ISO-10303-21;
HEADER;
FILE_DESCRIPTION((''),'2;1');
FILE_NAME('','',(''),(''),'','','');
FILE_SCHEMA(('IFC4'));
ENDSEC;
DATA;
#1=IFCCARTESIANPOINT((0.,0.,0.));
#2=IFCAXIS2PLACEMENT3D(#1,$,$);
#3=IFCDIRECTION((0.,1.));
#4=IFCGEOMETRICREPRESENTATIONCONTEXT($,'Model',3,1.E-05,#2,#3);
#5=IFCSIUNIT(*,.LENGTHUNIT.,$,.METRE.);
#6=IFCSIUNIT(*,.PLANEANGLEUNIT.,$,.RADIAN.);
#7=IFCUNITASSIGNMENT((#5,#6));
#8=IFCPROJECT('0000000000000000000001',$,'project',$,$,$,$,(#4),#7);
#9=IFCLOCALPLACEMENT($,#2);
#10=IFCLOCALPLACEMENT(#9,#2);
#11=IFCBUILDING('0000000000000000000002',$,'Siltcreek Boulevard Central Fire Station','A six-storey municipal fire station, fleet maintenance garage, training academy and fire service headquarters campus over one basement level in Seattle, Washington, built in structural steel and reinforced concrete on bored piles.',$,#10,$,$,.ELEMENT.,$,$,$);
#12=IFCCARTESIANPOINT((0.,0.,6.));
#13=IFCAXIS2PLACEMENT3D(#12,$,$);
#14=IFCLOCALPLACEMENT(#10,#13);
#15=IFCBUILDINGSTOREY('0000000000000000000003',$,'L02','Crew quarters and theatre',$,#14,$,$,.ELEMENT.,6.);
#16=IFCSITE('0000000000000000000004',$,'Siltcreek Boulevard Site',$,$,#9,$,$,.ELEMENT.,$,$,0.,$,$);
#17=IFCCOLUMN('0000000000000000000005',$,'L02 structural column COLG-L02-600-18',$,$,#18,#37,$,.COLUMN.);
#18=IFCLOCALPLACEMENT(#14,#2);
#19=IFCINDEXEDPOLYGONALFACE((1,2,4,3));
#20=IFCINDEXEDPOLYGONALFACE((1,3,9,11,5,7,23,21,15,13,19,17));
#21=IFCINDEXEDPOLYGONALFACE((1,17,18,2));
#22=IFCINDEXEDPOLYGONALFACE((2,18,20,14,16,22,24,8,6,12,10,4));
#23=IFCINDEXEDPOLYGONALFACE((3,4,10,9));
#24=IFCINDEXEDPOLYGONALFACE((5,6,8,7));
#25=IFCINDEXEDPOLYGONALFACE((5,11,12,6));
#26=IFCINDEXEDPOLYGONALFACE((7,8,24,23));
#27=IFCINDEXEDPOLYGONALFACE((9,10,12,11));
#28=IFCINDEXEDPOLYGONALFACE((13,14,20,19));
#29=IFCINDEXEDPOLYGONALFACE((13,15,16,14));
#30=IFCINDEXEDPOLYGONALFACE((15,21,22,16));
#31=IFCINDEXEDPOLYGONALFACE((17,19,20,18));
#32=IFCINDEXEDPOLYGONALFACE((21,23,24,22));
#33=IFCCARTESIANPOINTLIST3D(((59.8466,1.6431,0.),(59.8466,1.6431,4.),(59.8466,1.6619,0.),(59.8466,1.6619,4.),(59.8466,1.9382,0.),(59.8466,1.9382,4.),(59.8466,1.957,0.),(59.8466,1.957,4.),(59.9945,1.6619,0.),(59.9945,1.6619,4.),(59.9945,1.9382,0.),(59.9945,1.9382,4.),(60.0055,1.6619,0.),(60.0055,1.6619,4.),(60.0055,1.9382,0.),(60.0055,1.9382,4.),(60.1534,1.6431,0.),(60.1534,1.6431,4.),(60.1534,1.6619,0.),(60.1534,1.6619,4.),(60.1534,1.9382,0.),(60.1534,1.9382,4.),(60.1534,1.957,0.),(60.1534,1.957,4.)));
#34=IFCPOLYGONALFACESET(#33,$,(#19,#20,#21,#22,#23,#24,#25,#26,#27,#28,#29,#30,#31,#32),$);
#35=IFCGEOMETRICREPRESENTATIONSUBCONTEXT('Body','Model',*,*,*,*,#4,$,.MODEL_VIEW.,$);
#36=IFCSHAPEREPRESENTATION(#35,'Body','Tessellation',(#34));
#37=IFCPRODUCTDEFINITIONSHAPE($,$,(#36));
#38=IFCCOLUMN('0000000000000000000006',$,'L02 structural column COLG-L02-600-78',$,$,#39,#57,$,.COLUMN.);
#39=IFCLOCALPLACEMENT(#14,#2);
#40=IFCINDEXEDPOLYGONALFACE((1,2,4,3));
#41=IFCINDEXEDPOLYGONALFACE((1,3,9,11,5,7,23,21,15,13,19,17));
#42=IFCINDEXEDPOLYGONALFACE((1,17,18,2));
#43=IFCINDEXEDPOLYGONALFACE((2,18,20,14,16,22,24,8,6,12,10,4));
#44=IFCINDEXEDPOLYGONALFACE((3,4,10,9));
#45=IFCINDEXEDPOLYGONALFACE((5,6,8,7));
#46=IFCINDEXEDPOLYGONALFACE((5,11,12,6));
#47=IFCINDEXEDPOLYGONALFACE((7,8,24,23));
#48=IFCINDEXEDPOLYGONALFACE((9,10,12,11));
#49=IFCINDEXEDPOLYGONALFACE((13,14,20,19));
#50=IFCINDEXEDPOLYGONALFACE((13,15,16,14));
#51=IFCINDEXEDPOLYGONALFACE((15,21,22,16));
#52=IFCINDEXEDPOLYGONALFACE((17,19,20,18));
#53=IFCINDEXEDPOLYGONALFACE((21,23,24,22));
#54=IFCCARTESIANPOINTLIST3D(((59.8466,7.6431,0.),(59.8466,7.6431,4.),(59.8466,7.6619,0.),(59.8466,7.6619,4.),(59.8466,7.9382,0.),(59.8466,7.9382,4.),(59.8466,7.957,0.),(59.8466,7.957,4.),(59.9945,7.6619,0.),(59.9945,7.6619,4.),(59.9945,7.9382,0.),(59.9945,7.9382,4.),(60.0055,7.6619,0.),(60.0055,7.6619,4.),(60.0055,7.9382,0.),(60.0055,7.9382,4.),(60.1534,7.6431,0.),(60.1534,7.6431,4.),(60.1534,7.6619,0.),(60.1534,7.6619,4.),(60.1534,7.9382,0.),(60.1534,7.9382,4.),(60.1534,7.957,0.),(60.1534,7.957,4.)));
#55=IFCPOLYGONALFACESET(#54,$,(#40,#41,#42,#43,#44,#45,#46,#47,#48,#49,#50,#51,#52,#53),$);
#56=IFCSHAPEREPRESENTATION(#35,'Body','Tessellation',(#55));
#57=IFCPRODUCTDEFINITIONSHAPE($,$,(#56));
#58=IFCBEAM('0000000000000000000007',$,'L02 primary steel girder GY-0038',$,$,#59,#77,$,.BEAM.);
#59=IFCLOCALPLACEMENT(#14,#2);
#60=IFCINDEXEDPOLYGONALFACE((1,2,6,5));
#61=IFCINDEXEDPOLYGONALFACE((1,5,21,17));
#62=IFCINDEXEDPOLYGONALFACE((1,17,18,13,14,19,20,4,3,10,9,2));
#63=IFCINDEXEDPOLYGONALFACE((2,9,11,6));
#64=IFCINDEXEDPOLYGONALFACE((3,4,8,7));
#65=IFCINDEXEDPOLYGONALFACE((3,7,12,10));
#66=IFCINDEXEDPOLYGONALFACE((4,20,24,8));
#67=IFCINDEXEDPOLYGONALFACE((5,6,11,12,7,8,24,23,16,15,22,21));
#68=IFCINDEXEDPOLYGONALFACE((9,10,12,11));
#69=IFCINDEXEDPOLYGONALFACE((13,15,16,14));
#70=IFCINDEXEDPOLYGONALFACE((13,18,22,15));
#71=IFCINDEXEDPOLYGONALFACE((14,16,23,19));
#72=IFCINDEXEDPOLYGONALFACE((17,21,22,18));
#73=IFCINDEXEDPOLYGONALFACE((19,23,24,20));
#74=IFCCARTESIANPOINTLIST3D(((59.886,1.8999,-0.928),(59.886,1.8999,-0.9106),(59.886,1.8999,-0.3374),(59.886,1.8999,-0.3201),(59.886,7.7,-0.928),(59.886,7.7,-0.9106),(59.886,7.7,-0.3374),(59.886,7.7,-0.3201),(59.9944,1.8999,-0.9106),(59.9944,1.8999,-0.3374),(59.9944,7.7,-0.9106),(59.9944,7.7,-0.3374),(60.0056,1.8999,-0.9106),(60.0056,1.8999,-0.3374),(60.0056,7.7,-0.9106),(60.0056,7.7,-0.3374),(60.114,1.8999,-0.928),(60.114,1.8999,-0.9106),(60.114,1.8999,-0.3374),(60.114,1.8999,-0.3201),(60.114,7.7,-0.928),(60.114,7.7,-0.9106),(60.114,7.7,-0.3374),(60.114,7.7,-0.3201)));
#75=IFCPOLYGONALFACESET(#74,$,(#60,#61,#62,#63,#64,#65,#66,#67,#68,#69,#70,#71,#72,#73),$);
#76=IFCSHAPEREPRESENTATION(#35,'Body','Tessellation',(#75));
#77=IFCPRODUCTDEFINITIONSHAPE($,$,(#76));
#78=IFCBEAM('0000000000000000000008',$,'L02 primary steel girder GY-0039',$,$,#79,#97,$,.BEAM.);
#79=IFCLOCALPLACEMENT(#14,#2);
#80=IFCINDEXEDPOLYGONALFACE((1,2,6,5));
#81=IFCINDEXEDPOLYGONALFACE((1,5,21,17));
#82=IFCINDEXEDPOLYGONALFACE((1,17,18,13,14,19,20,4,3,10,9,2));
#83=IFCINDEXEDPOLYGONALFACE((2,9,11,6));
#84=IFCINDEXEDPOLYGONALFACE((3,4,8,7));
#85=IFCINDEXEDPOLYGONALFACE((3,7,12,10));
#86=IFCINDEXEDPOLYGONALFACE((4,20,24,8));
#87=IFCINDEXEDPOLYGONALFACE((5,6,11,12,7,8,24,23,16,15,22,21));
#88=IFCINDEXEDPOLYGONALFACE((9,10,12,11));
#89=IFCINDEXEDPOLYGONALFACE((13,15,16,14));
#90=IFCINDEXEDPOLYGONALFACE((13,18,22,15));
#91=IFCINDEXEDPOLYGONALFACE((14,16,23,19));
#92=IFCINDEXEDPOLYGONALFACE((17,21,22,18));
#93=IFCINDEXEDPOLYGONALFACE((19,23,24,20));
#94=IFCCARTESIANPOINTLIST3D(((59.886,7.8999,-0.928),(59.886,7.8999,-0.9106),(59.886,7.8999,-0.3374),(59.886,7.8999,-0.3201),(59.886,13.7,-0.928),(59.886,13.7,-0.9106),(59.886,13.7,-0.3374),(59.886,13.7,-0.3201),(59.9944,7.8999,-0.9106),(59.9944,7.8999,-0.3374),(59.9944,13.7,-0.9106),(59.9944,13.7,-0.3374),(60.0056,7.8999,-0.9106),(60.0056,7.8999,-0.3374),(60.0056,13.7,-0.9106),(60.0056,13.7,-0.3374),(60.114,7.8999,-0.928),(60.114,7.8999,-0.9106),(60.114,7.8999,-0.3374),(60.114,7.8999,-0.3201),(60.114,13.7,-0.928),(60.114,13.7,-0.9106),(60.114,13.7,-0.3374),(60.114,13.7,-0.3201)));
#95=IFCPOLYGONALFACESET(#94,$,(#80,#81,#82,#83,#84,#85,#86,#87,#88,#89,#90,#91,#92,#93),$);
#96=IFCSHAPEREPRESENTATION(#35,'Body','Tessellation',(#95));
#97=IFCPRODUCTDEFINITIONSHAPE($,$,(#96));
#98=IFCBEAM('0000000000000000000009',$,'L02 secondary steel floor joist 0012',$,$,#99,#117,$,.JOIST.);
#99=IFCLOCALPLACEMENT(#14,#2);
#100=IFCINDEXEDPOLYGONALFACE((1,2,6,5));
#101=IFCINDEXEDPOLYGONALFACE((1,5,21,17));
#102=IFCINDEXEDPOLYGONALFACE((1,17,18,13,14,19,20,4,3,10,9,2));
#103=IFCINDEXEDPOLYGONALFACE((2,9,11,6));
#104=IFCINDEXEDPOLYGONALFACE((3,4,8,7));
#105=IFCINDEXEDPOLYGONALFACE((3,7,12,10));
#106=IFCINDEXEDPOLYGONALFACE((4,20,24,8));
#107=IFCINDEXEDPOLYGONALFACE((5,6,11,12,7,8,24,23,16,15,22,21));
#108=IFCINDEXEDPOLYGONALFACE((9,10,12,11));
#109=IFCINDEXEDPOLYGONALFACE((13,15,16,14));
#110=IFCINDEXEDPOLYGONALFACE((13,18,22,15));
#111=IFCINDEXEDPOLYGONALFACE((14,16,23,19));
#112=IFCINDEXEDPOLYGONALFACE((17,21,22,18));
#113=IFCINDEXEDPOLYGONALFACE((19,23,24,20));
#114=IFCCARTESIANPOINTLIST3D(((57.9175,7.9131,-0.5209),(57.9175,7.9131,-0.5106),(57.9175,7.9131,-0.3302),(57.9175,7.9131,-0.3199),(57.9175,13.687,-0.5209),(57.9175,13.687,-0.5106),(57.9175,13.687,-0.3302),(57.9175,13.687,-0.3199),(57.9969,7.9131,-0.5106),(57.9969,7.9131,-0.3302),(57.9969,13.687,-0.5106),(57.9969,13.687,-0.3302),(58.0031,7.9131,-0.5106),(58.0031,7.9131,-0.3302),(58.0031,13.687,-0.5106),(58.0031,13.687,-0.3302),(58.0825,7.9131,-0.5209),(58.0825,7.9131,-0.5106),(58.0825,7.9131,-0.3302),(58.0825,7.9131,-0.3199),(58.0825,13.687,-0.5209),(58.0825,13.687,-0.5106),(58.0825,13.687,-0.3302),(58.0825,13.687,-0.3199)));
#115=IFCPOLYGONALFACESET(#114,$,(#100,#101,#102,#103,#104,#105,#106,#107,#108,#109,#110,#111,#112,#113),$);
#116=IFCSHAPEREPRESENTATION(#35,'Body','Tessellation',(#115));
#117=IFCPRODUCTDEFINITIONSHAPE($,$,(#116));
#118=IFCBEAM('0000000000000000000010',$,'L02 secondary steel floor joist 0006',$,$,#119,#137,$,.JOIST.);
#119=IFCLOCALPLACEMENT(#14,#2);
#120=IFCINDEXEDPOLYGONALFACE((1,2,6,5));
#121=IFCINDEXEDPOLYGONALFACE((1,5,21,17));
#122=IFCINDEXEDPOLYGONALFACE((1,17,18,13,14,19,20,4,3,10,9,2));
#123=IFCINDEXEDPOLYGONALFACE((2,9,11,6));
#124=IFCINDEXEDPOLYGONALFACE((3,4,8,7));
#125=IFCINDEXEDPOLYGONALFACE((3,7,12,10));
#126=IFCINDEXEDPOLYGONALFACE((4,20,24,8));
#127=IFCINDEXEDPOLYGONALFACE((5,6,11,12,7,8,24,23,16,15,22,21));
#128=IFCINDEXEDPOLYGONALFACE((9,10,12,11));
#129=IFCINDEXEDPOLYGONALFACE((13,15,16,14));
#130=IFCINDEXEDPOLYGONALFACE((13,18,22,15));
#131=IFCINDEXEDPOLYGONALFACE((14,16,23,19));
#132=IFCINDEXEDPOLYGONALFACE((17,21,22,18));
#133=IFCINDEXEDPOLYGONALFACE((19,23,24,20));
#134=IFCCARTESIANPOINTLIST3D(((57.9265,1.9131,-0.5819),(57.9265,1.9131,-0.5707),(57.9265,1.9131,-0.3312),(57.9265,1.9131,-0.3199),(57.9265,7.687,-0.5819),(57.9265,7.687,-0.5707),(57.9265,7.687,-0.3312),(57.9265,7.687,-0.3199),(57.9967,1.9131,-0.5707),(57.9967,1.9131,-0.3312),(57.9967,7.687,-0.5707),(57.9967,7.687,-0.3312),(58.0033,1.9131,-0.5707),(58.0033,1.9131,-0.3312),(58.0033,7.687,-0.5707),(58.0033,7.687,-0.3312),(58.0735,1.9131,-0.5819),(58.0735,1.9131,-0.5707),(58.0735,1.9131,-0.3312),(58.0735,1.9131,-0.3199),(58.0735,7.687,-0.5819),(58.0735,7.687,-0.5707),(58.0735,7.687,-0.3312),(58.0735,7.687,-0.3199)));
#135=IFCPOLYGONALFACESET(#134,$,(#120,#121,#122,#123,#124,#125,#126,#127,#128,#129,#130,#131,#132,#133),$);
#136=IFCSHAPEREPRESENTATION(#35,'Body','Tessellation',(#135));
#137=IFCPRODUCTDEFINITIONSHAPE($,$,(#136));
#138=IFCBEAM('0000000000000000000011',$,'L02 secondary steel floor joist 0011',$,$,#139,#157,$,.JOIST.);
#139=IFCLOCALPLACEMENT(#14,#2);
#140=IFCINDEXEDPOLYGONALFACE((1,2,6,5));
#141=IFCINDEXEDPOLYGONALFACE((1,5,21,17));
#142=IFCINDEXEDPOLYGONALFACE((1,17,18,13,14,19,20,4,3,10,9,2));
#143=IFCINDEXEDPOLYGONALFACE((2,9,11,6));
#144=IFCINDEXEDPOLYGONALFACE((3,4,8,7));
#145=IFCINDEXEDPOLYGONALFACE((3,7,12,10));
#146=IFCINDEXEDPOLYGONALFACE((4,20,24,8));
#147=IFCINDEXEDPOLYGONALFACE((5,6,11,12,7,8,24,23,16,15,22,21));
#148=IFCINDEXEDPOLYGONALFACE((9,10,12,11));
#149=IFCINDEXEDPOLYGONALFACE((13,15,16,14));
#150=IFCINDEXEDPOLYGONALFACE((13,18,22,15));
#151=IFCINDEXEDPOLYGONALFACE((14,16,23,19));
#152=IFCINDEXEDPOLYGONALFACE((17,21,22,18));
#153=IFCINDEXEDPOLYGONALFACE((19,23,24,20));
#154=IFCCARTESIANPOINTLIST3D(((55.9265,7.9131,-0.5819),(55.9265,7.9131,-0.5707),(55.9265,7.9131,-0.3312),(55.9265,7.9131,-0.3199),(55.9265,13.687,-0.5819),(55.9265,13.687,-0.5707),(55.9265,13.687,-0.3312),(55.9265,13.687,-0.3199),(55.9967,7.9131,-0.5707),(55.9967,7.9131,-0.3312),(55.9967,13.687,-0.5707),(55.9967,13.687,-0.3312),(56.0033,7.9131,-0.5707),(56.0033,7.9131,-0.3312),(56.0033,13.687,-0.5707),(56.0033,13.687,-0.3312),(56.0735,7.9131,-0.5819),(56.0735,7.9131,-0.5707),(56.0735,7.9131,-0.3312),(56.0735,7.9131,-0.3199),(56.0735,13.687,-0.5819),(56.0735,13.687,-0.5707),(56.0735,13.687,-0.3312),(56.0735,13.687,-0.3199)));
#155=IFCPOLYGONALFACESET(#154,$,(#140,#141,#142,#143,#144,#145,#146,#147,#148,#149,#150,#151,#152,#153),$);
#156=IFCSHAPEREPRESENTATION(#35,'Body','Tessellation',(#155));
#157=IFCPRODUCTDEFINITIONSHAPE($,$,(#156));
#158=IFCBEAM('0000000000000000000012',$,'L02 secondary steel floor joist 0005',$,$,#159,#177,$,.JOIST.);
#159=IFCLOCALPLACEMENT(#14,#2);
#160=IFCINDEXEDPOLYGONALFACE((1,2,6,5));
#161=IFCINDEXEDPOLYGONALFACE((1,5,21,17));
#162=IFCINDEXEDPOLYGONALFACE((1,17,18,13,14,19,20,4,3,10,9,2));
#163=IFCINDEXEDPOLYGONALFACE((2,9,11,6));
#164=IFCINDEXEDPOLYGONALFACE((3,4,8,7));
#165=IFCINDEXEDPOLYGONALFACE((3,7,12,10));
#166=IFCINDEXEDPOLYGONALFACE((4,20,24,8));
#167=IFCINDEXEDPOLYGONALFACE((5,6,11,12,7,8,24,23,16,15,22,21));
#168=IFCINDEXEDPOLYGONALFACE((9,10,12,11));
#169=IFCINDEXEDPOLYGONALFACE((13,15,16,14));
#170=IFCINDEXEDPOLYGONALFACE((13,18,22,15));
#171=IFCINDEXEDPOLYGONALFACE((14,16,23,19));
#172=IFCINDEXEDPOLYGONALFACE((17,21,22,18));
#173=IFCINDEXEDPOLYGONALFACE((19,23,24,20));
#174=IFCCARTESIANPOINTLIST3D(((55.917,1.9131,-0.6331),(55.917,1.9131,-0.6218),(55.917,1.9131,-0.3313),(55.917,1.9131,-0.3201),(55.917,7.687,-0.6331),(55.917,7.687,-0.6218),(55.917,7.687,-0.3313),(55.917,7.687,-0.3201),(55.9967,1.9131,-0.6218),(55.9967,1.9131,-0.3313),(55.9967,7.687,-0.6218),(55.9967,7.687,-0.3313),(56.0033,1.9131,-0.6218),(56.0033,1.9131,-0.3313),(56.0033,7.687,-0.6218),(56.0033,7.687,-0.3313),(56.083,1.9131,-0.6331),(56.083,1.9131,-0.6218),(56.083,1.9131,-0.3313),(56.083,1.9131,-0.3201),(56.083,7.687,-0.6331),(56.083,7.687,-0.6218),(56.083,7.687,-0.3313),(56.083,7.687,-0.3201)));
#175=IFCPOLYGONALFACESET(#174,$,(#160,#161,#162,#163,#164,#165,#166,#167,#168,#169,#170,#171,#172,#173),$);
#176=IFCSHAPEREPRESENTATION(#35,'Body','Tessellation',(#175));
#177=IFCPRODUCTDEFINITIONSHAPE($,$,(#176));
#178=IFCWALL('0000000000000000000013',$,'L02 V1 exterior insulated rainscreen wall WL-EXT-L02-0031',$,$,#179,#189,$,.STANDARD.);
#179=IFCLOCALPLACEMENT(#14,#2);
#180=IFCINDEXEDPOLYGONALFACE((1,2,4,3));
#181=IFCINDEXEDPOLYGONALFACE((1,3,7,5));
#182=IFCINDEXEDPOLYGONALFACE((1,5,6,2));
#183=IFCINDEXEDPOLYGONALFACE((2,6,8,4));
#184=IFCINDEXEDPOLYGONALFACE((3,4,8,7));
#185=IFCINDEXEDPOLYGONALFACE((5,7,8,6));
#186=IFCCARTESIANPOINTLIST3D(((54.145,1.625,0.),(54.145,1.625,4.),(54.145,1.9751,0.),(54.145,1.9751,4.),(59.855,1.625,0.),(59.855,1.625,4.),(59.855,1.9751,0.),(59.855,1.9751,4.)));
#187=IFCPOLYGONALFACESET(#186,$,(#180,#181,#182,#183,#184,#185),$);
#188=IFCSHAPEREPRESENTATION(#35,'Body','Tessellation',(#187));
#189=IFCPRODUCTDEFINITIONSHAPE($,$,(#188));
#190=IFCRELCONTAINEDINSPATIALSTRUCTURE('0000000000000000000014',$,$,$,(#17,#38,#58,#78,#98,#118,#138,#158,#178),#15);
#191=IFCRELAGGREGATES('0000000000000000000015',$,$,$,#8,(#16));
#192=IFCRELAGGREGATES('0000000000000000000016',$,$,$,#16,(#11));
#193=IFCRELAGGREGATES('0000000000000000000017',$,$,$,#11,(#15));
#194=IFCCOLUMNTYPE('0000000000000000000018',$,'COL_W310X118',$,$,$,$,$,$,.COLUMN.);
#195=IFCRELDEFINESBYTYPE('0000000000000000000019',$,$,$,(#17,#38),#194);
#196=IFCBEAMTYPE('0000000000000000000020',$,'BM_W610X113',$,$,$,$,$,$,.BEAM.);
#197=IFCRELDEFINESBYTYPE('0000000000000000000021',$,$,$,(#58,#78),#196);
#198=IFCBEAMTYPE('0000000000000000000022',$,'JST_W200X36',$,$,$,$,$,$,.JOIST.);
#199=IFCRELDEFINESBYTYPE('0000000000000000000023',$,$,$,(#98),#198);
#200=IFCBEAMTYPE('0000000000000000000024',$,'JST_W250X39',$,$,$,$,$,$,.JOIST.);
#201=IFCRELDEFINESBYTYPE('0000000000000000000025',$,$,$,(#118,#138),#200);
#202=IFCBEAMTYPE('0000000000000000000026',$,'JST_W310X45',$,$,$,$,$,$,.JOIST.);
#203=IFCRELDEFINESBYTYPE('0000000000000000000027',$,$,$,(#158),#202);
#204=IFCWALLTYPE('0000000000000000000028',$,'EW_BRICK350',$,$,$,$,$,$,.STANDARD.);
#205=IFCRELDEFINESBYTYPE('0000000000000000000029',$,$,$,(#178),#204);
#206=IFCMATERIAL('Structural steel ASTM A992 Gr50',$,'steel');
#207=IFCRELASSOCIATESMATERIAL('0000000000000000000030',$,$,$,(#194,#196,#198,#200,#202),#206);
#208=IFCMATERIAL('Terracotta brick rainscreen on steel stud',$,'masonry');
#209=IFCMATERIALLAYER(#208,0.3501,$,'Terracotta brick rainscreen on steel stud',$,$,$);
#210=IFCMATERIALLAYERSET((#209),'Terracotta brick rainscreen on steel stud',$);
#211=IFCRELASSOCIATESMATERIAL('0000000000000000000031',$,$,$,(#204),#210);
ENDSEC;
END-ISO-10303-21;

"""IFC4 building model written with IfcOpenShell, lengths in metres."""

from ifc_helpers import new_model, si_unit, direction, frame, frame_2d, origin, origin_2d, place, context, subcontext, project, spatial, rectangle, i_section, extrude, material, layer, layer_set, material_profile, profile_set, type_object, element, save


model = new_model("IFC4")

# Units and contexts
model_context = context("Model", 3, precision=1e-05, world=origin(), true_north=direction((0.0, 1.0)))
body_context = subcontext(model_context, "Body", "Model", "MODEL_VIEW")
ifc_project = project(units=[si_unit("LENGTHUNIT", "METRE"), si_unit("PLANEANGLEUNIT", "RADIAN")], contexts=[model_context])

# Site, building, storey
site_placement = place(None, origin())
site = spatial("IfcSite", under=ifc_project, at=site_placement, Name="Siltcreek Boulevard Site", CompositionType="ELEMENT", RefElevation=0.0)
building_placement = place(site_placement, origin())
building = spatial("IfcBuilding", under=site, at=building_placement, Name="Siltcreek Boulevard Central Fire Station", Description="A six-storey municipal fire station, fleet maintenance garage, training academy and fire service headquarters campus over one basement level in Seattle, Washington, built in structural steel and reinforced concrete on bored piles.", CompositionType="ELEMENT")
storey_placement = place(building_placement, frame((0.0, 0.0, 6.0)))
storey = spatial("IfcBuildingStorey", under=building, at=storey_placement, Name="L02", Description="Crew quarters and theatre", CompositionType="ELEMENT", Elevation=6.0)

# Columns
ifc_material_1 = material(Name="Structural steel ASTM A992 Gr50", Category="steel")
ifc_material_profile_1 = material_profile(ifc_material_1, i_section(OverallWidth=0.3069, OverallDepth=0.314, WebThickness=0.011, FlangeThickness=0.0188, at=origin_2d()), Name="W310X118")
ifc_profile_set_1 = profile_set([ifc_material_profile_1], Name="Structural steel ASTM A992 Gr50")
column_type = type_object("IfcColumnType", Name="COL_W310X118", PredefinedType="COLUMN", material=ifc_profile_set_1)
for number, where, z_axis, x_axis, name in (
    (1, (60.0, 1.8, 0.0), (0.0, 0.0, 1.0), (1.0, 0.0, 0.0), "L02 structural column COLG-L02-600-18"),
    (2, (60.0, 7.8, 0.0), (0.0, 0.0, 1.0), (1.0, 0.0, 0.0), "L02 structural column COLG-L02-600-78"),
):
    element("IfcColumn", number, at=place(storey_placement, frame(where, z_axis=z_axis, x_axis=x_axis)), inside=storey, type_object=column_type, Name=name, PredefinedType="COLUMN", context=body_context, shape_type="SweptSolid", body=[
        extrude(i_section(OverallWidth=0.3069, OverallDepth=0.314, WebThickness=0.011, FlangeThickness=0.0188, at=origin_2d()), origin(), (0.0, 0.0, 1.0), 4.0),
    ])

# Beams
ifc_material_profile_2 = material_profile(ifc_material_1, i_section(OverallWidth=0.228, OverallDepth=0.6079, WebThickness=0.0112, FlangeThickness=0.0173, at=origin_2d()), Name="W610X113")
ifc_profile_set_2 = profile_set([ifc_material_profile_2], Name="Structural steel ASTM A992 Gr50")
beam_type_1 = type_object("IfcBeamType", Name="BM_W610X113", PredefinedType="BEAM", material=ifc_profile_set_2)
for number, where, z_axis, x_axis, name in (
    (3, (60.0, 1.8999, -0.624), (0.0, 1.0, 0.0), (-1.0, 0.0, 0.0), "L02 primary steel girder GY-0038"),
    (4, (60.0, 7.8999, -0.624), (0.0, 1.0, 0.0), (-1.0, 0.0, 0.0), "L02 primary steel girder GY-0039"),
):
    element("IfcBeam", number, at=place(storey_placement, frame(where, z_axis=z_axis, x_axis=x_axis)), inside=storey, type_object=beam_type_1, Name=name, PredefinedType="BEAM", context=body_context, shape_type="SweptSolid", body=[
        extrude(i_section(OverallWidth=0.228, OverallDepth=0.6079, WebThickness=0.0112, FlangeThickness=0.0173, at=origin_2d()), origin(), (0.0, 0.0, 1.0), 5.8),
    ])
ifc_material_profile_3 = material_profile(ifc_material_1, i_section(OverallWidth=0.165, OverallDepth=0.2009, WebThickness=0.0061, FlangeThickness=0.0103, at=origin_2d()), Name="W200X36")
ifc_profile_set_3 = profile_set([ifc_material_profile_3], Name="Structural steel ASTM A992 Gr50")
beam_type_2 = type_object("IfcBeamType", Name="JST_W200X36", PredefinedType="JOIST", material=ifc_profile_set_3)
beam_1_placement = place(storey_placement, frame((58.0, 7.9131, -0.4204), z_axis=(0.0, 1.0, 0.0), x_axis=(-1.0, 0.0, 0.0)))
element("IfcBeam", 5, at=beam_1_placement, inside=storey, type_object=beam_type_2, Name="L02 secondary steel floor joist 0012", PredefinedType="JOIST", context=body_context, shape_type="SweptSolid", body=[
    extrude(i_section(OverallWidth=0.165, OverallDepth=0.2009, WebThickness=0.0061, FlangeThickness=0.0103, at=origin_2d()), origin(), (0.0, 0.0, 1.0), 5.7739),
])
ifc_material_profile_4 = material_profile(ifc_material_1, i_section(OverallWidth=0.147, OverallDepth=0.262, WebThickness=0.0066, FlangeThickness=0.0112, at=origin_2d()), Name="W250X39")
ifc_profile_set_4 = profile_set([ifc_material_profile_4], Name="Structural steel ASTM A992 Gr50")
beam_type_3 = type_object("IfcBeamType", Name="JST_W250X39", PredefinedType="JOIST", material=ifc_profile_set_4)
for number, where, z_axis, x_axis, name in (
    (6, (58.0, 1.9131, -0.4509), (0.0, 1.0, 0.0), (-1.0, 0.0, 0.0), "L02 secondary steel floor joist 0006"),
    (7, (56.0, 7.9131, -0.4509), (0.0, 1.0, 0.0), (-1.0, 0.0, 0.0), "L02 secondary steel floor joist 0011"),
):
    element("IfcBeam", number, at=place(storey_placement, frame(where, z_axis=z_axis, x_axis=x_axis)), inside=storey, type_object=beam_type_3, Name=name, PredefinedType="JOIST", context=body_context, shape_type="SweptSolid", body=[
        extrude(i_section(OverallWidth=0.147, OverallDepth=0.262, WebThickness=0.0066, FlangeThickness=0.0112, at=origin_2d()), origin(), (0.0, 0.0, 1.0), 5.7739),
    ])
ifc_material_profile_5 = material_profile(ifc_material_1, i_section(OverallWidth=0.166, OverallDepth=0.313, WebThickness=0.0066, FlangeThickness=0.0112, at=origin_2d()), Name="W310X45")
ifc_profile_set_5 = profile_set([ifc_material_profile_5], Name="Structural steel ASTM A992 Gr50")
beam_type_4 = type_object("IfcBeamType", Name="JST_W310X45", PredefinedType="JOIST", material=ifc_profile_set_5)
beam_2_placement = place(storey_placement, frame((56.0, 1.9131, -0.4766), z_axis=(0.0, 1.0, 0.0), x_axis=(-1.0, 0.0, 0.0)))
element("IfcBeam", 8, at=beam_2_placement, inside=storey, type_object=beam_type_4, Name="L02 secondary steel floor joist 0005", PredefinedType="JOIST", context=body_context, shape_type="SweptSolid", body=[
    extrude(i_section(OverallWidth=0.166, OverallDepth=0.313, WebThickness=0.0066, FlangeThickness=0.0112, at=origin_2d()), origin(), (0.0, 0.0, 1.0), 5.7739),
])

# Wall
ifc_material_2 = material(Name="Terracotta brick rainscreen on steel stud", Category="masonry")
ifc_layer_1 = layer(ifc_material_2, 0.3501, Name="Terracotta brick rainscreen on steel stud")
ifc_layer_set_1 = layer_set([ifc_layer_1], Name="Terracotta brick rainscreen on steel stud")
wall_type = type_object("IfcWallType", Name="EW_BRICK350", PredefinedType="STANDARD", material=ifc_layer_set_1)
wall_1_placement = place(storey_placement, frame((54.145, 1.8, 0.0), z_axis=(0.0, 0.0, 1.0), x_axis=(1.0, 0.0, 0.0)))
element("IfcWall", 9, at=wall_1_placement, inside=storey, type_object=wall_type, Name="L02 V1 exterior insulated rainscreen wall WL-EXT-L02-0031", PredefinedType="STANDARD", context=body_context, shape_type="SweptSolid", body=[
    extrude(rectangle(XDim=5.71, YDim=0.3501, at=frame_2d((2.855, 0.0))), origin(), (0.0, 0.0, 1.0), 4.0),
])

save(model, "model.ifc")
